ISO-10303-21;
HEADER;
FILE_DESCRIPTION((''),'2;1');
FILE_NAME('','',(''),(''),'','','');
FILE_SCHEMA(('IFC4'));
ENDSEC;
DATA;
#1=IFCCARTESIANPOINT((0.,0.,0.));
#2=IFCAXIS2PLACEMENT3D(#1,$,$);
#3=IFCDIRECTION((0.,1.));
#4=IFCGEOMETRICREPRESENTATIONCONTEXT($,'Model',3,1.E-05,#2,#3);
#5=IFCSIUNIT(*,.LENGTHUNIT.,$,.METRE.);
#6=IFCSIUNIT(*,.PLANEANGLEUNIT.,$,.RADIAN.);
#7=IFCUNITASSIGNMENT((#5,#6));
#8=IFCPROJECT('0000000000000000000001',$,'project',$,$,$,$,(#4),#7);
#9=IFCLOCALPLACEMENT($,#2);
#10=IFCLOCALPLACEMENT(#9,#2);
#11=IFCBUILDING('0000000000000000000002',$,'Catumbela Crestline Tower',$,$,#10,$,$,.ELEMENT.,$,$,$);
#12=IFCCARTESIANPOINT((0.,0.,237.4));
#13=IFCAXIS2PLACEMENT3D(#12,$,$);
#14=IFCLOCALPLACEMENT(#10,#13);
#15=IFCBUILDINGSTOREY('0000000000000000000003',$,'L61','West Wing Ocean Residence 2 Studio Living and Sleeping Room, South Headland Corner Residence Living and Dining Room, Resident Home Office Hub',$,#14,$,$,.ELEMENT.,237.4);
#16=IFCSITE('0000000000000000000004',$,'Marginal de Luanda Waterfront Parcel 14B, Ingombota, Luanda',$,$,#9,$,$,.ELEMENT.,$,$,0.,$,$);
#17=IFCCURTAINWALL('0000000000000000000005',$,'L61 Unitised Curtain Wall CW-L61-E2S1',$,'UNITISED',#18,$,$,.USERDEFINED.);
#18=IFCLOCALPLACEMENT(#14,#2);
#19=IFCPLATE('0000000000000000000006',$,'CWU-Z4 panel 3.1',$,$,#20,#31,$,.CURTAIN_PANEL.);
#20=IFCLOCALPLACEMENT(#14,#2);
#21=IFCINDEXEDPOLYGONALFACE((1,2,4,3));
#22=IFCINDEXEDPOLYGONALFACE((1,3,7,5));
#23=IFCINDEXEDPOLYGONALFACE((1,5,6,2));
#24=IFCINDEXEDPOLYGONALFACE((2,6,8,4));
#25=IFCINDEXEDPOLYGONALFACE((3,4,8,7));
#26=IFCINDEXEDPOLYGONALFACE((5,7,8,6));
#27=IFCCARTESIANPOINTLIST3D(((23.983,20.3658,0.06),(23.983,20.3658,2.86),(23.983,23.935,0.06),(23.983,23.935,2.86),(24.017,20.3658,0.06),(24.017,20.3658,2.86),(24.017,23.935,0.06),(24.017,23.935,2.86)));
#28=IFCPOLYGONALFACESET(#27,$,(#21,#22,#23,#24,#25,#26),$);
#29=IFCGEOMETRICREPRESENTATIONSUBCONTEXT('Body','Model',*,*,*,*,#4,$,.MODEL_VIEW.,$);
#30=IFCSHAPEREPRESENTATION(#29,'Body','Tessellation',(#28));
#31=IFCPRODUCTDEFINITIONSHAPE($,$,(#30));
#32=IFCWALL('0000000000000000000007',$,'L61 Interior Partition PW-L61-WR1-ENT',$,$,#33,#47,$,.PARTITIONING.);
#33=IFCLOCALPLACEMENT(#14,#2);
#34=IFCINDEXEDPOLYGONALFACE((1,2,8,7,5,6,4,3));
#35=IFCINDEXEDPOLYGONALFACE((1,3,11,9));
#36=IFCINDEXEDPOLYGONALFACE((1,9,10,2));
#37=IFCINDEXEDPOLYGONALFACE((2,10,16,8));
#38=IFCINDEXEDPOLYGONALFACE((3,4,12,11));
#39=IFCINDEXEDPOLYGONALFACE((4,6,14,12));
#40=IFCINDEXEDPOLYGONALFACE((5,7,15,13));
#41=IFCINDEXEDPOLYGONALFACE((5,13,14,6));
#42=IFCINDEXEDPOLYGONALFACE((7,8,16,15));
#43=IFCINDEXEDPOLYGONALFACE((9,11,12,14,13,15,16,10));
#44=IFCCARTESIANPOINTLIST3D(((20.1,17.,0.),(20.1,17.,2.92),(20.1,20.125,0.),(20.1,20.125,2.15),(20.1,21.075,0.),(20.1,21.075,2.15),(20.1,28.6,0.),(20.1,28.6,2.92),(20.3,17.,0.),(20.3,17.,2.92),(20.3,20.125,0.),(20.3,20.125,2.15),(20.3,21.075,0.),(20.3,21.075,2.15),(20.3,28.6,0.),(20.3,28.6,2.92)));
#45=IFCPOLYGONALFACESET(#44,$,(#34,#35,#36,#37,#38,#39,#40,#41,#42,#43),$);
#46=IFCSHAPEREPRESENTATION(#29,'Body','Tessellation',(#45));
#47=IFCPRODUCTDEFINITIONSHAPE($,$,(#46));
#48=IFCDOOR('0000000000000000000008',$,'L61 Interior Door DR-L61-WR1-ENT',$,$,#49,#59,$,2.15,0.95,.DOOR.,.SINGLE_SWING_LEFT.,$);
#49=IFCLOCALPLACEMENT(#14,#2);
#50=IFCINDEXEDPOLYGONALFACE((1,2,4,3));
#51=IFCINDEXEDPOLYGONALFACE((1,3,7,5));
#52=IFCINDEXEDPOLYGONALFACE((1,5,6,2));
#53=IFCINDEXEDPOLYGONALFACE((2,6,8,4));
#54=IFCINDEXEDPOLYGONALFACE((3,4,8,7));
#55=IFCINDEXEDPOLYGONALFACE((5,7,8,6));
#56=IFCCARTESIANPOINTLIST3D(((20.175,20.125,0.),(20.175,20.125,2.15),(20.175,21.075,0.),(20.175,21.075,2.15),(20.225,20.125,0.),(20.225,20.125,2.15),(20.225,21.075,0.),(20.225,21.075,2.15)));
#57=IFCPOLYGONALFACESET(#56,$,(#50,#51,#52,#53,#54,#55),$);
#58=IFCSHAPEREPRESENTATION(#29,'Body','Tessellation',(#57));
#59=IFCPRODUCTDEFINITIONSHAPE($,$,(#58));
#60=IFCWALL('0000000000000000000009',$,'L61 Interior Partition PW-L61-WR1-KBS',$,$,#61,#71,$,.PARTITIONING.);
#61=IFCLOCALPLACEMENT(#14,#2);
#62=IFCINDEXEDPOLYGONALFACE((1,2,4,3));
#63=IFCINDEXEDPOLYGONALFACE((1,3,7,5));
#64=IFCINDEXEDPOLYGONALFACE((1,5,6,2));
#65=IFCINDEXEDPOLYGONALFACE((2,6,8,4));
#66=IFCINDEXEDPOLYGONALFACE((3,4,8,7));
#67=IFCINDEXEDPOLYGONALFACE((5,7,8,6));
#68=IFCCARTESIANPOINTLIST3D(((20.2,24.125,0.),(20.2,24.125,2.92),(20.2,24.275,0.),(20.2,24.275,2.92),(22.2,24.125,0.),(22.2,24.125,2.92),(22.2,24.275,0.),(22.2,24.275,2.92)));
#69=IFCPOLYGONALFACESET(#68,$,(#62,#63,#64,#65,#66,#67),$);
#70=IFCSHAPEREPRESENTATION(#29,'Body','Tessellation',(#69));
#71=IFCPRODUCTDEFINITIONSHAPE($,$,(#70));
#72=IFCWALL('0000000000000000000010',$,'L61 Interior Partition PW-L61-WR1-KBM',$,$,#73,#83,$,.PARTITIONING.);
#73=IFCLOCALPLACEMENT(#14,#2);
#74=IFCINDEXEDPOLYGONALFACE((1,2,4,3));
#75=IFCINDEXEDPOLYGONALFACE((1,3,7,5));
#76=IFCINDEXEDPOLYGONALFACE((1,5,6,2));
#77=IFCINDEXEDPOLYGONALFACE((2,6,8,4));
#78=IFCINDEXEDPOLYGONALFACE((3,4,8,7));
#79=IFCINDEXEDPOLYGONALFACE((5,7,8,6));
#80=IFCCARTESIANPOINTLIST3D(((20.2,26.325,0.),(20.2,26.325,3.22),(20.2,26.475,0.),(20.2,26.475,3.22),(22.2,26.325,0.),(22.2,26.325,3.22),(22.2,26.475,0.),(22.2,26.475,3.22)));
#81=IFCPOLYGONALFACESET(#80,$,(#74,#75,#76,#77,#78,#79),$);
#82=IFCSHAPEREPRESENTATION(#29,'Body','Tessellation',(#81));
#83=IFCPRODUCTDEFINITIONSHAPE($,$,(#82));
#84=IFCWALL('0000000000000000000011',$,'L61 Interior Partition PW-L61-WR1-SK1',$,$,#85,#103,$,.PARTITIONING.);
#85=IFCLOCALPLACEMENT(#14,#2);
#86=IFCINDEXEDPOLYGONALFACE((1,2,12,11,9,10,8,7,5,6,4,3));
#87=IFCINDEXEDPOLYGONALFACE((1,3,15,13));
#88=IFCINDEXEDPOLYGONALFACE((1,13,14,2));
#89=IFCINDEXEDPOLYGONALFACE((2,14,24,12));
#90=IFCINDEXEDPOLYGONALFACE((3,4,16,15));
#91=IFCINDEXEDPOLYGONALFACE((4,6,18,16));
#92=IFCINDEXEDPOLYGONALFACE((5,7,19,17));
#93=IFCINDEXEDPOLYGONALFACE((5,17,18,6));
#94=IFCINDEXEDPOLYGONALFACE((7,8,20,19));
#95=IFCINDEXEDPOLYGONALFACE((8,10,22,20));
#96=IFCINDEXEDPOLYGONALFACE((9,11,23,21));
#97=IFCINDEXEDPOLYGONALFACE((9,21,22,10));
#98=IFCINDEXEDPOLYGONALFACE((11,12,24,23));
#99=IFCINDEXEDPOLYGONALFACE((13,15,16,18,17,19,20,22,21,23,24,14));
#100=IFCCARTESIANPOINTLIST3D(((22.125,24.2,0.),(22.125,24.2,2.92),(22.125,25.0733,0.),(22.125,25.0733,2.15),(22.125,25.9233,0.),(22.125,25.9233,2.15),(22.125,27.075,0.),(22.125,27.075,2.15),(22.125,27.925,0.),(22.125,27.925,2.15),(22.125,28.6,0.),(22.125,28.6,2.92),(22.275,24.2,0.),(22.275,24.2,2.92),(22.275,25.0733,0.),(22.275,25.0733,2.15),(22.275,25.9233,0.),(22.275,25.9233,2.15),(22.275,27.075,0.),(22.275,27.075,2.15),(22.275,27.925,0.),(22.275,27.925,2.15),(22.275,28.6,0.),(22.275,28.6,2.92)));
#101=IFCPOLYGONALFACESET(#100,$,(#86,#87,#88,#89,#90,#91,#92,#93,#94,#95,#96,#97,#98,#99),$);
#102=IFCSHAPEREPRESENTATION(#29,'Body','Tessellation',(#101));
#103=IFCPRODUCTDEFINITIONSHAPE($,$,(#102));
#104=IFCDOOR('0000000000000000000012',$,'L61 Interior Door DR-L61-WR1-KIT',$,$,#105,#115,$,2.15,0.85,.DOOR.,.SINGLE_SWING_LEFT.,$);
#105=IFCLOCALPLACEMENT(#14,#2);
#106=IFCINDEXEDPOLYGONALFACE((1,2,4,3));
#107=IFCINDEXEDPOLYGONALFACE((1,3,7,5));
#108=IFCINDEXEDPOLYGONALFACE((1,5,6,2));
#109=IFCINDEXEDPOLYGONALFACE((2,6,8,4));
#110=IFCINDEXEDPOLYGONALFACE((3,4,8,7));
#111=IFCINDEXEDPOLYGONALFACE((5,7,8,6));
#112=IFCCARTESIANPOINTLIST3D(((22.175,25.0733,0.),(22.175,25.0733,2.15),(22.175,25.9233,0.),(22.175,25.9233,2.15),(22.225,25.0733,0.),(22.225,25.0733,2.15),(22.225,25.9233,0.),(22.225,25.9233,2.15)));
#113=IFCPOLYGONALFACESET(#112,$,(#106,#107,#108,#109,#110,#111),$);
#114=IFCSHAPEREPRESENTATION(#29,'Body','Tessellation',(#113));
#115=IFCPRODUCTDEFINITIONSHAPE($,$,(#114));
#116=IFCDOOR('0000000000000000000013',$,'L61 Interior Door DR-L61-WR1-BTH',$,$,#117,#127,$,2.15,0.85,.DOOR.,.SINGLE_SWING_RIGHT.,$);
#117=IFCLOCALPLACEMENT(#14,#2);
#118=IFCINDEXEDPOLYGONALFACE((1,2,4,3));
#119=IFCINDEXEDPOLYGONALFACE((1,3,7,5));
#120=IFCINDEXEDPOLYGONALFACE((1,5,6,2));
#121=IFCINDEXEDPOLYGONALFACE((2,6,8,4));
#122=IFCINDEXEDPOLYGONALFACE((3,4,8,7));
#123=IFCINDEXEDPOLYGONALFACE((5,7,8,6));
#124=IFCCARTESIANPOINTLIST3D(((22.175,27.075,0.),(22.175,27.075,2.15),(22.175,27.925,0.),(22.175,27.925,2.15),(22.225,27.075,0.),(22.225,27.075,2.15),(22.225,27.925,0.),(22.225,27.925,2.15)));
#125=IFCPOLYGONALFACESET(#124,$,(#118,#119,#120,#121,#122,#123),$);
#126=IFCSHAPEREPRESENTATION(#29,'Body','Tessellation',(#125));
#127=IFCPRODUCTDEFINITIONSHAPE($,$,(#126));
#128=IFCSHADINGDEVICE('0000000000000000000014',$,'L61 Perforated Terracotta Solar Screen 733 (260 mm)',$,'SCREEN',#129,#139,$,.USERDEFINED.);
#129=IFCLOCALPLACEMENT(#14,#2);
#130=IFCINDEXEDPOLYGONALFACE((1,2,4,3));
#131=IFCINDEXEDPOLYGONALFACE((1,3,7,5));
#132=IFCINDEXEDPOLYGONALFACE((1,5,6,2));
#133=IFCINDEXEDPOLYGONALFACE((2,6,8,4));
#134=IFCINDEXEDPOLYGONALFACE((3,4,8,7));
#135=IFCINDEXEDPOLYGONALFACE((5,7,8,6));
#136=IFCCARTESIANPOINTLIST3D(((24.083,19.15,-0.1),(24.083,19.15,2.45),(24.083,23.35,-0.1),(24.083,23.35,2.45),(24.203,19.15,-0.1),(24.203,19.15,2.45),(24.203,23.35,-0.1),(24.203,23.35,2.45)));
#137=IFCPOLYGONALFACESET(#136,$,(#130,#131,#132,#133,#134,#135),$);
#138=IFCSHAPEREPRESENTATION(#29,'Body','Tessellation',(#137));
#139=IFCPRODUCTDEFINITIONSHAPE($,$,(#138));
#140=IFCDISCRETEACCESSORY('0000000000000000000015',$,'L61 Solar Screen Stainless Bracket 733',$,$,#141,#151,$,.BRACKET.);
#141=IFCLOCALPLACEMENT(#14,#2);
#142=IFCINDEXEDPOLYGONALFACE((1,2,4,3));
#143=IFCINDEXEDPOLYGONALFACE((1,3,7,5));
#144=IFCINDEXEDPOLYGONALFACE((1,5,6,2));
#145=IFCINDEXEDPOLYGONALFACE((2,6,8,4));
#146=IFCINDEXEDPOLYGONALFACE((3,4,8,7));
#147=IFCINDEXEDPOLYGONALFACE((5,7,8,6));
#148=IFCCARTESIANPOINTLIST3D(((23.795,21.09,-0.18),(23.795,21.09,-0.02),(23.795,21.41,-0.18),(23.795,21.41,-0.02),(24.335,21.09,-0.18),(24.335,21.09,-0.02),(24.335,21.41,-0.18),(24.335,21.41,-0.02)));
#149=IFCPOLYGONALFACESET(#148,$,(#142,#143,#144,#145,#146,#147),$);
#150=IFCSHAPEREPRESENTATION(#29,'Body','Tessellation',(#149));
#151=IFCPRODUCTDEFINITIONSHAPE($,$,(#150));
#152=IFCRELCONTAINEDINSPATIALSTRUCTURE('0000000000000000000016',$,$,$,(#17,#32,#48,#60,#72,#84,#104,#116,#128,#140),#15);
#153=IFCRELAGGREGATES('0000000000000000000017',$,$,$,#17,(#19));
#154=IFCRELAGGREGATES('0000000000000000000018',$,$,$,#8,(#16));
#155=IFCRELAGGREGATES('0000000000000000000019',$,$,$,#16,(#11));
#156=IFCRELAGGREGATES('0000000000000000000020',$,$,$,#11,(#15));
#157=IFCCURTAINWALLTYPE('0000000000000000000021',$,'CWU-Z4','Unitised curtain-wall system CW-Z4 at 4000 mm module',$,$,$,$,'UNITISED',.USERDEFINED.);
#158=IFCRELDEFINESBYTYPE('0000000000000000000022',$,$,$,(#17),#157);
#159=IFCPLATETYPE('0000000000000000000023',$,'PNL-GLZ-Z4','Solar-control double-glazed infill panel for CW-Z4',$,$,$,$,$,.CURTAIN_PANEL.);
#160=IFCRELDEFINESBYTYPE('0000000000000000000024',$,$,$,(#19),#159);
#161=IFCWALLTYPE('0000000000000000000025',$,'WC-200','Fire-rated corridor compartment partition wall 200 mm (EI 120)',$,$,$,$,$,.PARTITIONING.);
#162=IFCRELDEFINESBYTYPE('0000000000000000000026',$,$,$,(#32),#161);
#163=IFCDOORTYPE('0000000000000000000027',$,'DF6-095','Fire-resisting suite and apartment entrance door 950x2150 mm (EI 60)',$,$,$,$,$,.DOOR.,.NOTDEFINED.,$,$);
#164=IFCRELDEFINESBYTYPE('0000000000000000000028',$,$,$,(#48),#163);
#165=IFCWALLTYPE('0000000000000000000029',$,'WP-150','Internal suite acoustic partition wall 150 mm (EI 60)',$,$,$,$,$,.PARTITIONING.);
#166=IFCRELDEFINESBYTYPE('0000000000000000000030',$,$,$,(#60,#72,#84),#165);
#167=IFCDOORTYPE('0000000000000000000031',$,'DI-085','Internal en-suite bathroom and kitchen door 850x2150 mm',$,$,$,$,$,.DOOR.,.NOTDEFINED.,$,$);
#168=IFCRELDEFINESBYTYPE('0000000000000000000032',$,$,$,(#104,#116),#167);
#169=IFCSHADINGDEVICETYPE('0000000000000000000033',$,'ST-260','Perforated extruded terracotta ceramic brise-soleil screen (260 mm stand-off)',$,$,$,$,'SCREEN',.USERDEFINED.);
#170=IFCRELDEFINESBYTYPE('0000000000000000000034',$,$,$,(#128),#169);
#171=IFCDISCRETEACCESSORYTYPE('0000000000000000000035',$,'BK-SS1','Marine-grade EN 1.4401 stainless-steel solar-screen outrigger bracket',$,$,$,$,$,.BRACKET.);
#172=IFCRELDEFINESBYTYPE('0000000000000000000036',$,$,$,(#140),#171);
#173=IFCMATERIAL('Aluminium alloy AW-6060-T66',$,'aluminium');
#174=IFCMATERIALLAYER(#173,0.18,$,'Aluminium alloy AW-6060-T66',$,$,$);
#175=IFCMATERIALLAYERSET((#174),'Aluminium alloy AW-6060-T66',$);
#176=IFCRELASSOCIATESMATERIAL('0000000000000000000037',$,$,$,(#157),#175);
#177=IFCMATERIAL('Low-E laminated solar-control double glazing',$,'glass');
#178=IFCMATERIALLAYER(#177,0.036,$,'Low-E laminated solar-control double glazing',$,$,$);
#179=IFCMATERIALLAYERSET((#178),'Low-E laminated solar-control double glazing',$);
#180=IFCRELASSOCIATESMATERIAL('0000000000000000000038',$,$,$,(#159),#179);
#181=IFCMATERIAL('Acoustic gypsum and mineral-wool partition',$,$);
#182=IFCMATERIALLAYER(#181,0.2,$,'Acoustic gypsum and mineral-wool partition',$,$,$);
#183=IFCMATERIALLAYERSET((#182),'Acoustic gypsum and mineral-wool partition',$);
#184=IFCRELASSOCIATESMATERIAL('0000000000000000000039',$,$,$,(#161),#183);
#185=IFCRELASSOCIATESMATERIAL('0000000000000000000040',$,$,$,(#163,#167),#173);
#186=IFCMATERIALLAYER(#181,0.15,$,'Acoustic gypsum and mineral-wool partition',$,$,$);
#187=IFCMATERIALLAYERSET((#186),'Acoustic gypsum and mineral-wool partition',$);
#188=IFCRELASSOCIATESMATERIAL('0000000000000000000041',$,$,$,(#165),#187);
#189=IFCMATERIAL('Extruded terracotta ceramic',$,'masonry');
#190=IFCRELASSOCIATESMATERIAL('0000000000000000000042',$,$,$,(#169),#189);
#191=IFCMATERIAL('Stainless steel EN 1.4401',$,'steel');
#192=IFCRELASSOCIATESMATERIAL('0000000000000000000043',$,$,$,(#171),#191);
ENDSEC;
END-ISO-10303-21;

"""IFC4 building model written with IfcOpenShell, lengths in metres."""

from ifc_helpers import new_model, si_unit, direction, frame, frame_2d, origin, origin_2d, place, context, subcontext, project, spatial, rectangle, extrude, material, layer, layer_set, type_object, element, fill, aggregate, save


model = new_model("IFC4")

# Units and contexts
model_context = context("Model", 3, precision=1e-05, world=origin(), true_north=direction((0.0, 1.0)))
body_context = subcontext(model_context, "Body", "Model", "MODEL_VIEW")
ifc_project = project(units=[si_unit("LENGTHUNIT", "METRE"), si_unit("PLANEANGLEUNIT", "RADIAN")], contexts=[model_context])

# Site, building, storey
site_placement = place(None, origin())
site = spatial("IfcSite", under=ifc_project, at=site_placement, Name="Marginal de Luanda Waterfront Parcel 14B, Ingombota, Luanda", CompositionType="ELEMENT", RefElevation=0.0)
building_placement = place(site_placement, origin())
building = spatial("IfcBuilding", under=site, at=building_placement, Name="Catumbela Crestline Tower", CompositionType="ELEMENT")
storey_placement = place(building_placement, frame((0.0, 0.0, 237.4)))
storey = spatial("IfcBuildingStorey", under=building, at=storey_placement, Name="L61", Description="West Wing Ocean Residence 2 Studio Living and Sleeping Room, South Headland Corner Residence Living and Dining Room, Resident Home Office Hub", CompositionType="ELEMENT", Elevation=237.4)

# Curtain wall
ifc_material_1 = material(Name="Aluminium alloy AW-6060-T66", Category="aluminium")
ifc_layer_1 = layer(ifc_material_1, 0.18, Name="Aluminium alloy AW-6060-T66")
ifc_layer_set_1 = layer_set([ifc_layer_1], Name="Aluminium alloy AW-6060-T66")
curtain_wall_type = type_object("IfcCurtainWallType", Name="CWU-Z4", Description="Unitised curtain-wall system CW-Z4 at 4000 mm module", ElementType="UNITISED", PredefinedType="USERDEFINED", material=ifc_layer_set_1)
curtain_wall_placement = place(storey_placement, origin())
curtain_wall = element("IfcCurtainWall", 1, at=curtain_wall_placement, inside=storey, type_object=curtain_wall_type, Name="L61 Unitised Curtain Wall CW-L61-E2S1", ObjectType="UNITISED", PredefinedType="USERDEFINED")

# Plate
ifc_material_2 = material(Name="Low-E laminated solar-control double glazing", Category="glass")
ifc_layer_2 = layer(ifc_material_2, 0.036, Name="Low-E laminated solar-control double glazing")
ifc_layer_set_2 = layer_set([ifc_layer_2], Name="Low-E laminated solar-control double glazing")
plate_type = type_object("IfcPlateType", Name="PNL-GLZ-Z4", Description="Solar-control double-glazed infill panel for CW-Z4", PredefinedType="CURTAIN_PANEL", material=ifc_layer_set_2)
plate_1_placement = place(storey_placement, frame((24.0, 22.1504, 0.06), z_axis=(0.0, 0.0, 1.0), x_axis=(0.0, 1.0, 0.0)))
plate_1 = element("IfcPlate", 2, at=plate_1_placement, type_object=plate_type, Name="CWU-Z4 panel 3.1", PredefinedType="CURTAIN_PANEL", context=body_context, shape_type="SweptSolid", body=[
    extrude(rectangle(XDim=3.5692, YDim=0.034, at=origin_2d()), origin(), (0.0, 0.0, 1.0), 2.8),
])
aggregate(curtain_wall, [plate_1])

# Wall, opening, door
ifc_material_3 = material(Name="Acoustic gypsum and mineral-wool partition")
ifc_layer_3 = layer(ifc_material_3, 0.2, Name="Acoustic gypsum and mineral-wool partition")
ifc_layer_set_3 = layer_set([ifc_layer_3], Name="Acoustic gypsum and mineral-wool partition")
wall_type_1 = type_object("IfcWallType", Name="WC-200", Description="Fire-rated corridor compartment partition wall 200 mm (EI 120)", PredefinedType="PARTITIONING", material=ifc_layer_set_3)
wall_1_placement = place(storey_placement, frame((20.2, 17.0, 0.0), z_axis=(0.0, 0.0, 1.0), x_axis=(0.0, 1.0, 0.0)))
wall_1 = element("IfcWall", 3, at=wall_1_placement, inside=storey, type_object=wall_type_1, Name="L61 Interior Partition PW-L61-WR1-ENT", PredefinedType="PARTITIONING", context=body_context, shape_type="SweptSolid", body=[
    extrude(rectangle(XDim=11.6, YDim=0.2, at=frame_2d((5.8, 0.0))), origin(), (0.0, 0.0, 1.0), 2.92),
])
opening_1_placement = place(wall_1_placement, frame((3.125, 0.0, 0.0)))
opening_1 = element("IfcOpeningElement", 4, at=opening_1_placement, cuts=wall_1, PredefinedType="OPENING", context=body_context, shape_type="SweptSolid", body=[
    extrude(rectangle(XDim=0.95, YDim=2.15, at=frame_2d((0.475, 1.075))), frame((0.0, 0.11, 0.0), z_axis=(0.0, -1.0, 0.0), x_axis=(1.0, 0.0, 0.0)), (0.0, 0.0, 1.0), 0.22),
])
door_type_1 = type_object("IfcDoorType", Name="DF6-095", Description="Fire-resisting suite and apartment entrance door 950x2150 mm (EI 60)", OperationType="NOTDEFINED", PredefinedType="DOOR", material=ifc_material_1)
door_1_placement = place(opening_1_placement, origin())
door_1 = element("IfcDoor", 5, at=door_1_placement, inside=storey, type_object=door_type_1, Name="L61 Interior Door DR-L61-WR1-ENT", OperationType="SINGLE_SWING_LEFT", OverallHeight=2.15, OverallWidth=0.95, PredefinedType="DOOR", context=body_context, shape_type="SweptSolid", body=[
    extrude(rectangle(XDim=0.95, YDim=2.15, at=frame_2d((0.475, 1.075))), frame((0.0, 0.025, 0.0), z_axis=(0.0, -1.0, 0.0), x_axis=(1.0, 0.0, 0.0)), (0.0, 0.0, 1.0), 0.05),
])
fill(opening_1, door_1)

# Walls
ifc_layer_4 = layer(ifc_material_3, 0.15, Name="Acoustic gypsum and mineral-wool partition")
ifc_layer_set_4 = layer_set([ifc_layer_4], Name="Acoustic gypsum and mineral-wool partition")
wall_type_2 = type_object("IfcWallType", Name="WP-150", Description="Internal suite acoustic partition wall 150 mm (EI 60)", PredefinedType="PARTITIONING", material=ifc_layer_set_4)
wall_2_placement = place(storey_placement, frame((20.2, 24.2, 0.0), z_axis=(0.0, 0.0, 1.0), x_axis=(1.0, 0.0, 0.0)))
element("IfcWall", 6, at=wall_2_placement, inside=storey, type_object=wall_type_2, Name="L61 Interior Partition PW-L61-WR1-KBS", PredefinedType="PARTITIONING", context=body_context, shape_type="SweptSolid", body=[
    extrude(rectangle(XDim=2.0, YDim=0.15, at=frame_2d((1.0, 0.0))), origin(), (0.0, 0.0, 1.0), 2.92),
])
wall_3_placement = place(storey_placement, frame((20.2, 26.4, 0.0), z_axis=(0.0, 0.0, 1.0), x_axis=(1.0, 0.0, 0.0)))
element("IfcWall", 7, at=wall_3_placement, inside=storey, type_object=wall_type_2, Name="L61 Interior Partition PW-L61-WR1-KBM", PredefinedType="PARTITIONING", context=body_context, shape_type="SweptSolid", body=[
    extrude(rectangle(XDim=2.0, YDim=0.15, at=frame_2d((1.0, 0.0))), origin(), (0.0, 0.0, 1.0), 3.22),
])

# Wall, openings, doors
wall_4_placement = place(storey_placement, frame((22.2, 24.2, 0.0), z_axis=(0.0, 0.0, 1.0), x_axis=(0.0, 1.0, 0.0)))
wall_4 = element("IfcWall", 8, at=wall_4_placement, inside=storey, type_object=wall_type_2, Name="L61 Interior Partition PW-L61-WR1-SK1", PredefinedType="PARTITIONING", context=body_context, shape_type="SweptSolid", body=[
    extrude(rectangle(XDim=4.4, YDim=0.15, at=frame_2d((2.2, 0.0))), origin(), (0.0, 0.0, 1.0), 2.92),
])
opening_2_placement = place(wall_4_placement, frame((0.8733, 0.0, 0.0)))
opening_2 = element("IfcOpeningElement", 9, at=opening_2_placement, cuts=wall_4, PredefinedType="OPENING", context=body_context, shape_type="SweptSolid", body=[
    extrude(rectangle(XDim=0.85, YDim=2.15, at=frame_2d((0.425, 1.075))), frame((0.0, 0.085, 0.0), z_axis=(0.0, -1.0, 0.0), x_axis=(1.0, 0.0, 0.0)), (0.0, 0.0, 1.0), 0.17),
])
opening_3_placement = place(wall_4_placement, frame((2.875, 0.0, 0.0)))
opening_3 = element("IfcOpeningElement", 10, at=opening_3_placement, cuts=wall_4, PredefinedType="OPENING", context=body_context, shape_type="SweptSolid", body=[
    extrude(rectangle(XDim=0.85, YDim=2.15, at=frame_2d((0.425, 1.075))), frame((0.0, 0.085, 0.0), z_axis=(0.0, -1.0, 0.0), x_axis=(1.0, 0.0, 0.0)), (0.0, 0.0, 1.0), 0.17),
])
door_type_2 = type_object("IfcDoorType", Name="DI-085", Description="Internal en-suite bathroom and kitchen door 850x2150 mm", OperationType="NOTDEFINED", PredefinedType="DOOR", material=ifc_material_1)
door_2_placement = place(opening_2_placement, origin())
door_2 = element("IfcDoor", 11, at=door_2_placement, inside=storey, type_object=door_type_2, Name="L61 Interior Door DR-L61-WR1-KIT", OperationType="SINGLE_SWING_LEFT", OverallHeight=2.15, OverallWidth=0.85, PredefinedType="DOOR", context=body_context, shape_type="SweptSolid", body=[
    extrude(rectangle(XDim=0.85, YDim=2.15, at=frame_2d((0.425, 1.075))), frame((0.0, 0.025, 0.0), z_axis=(0.0, -1.0, 0.0), x_axis=(1.0, 0.0, 0.0)), (0.0, 0.0, 1.0), 0.05),
])
fill(opening_2, door_2)
door_3_placement = place(opening_3_placement, origin())
door_3 = element("IfcDoor", 12, at=door_3_placement, inside=storey, type_object=door_type_2, Name="L61 Interior Door DR-L61-WR1-BTH", OperationType="SINGLE_SWING_RIGHT", OverallHeight=2.15, OverallWidth=0.85, PredefinedType="DOOR", context=body_context, shape_type="SweptSolid", body=[
    extrude(rectangle(XDim=0.85, YDim=2.15, at=frame_2d((0.425, 1.075))), frame((0.0, 0.025, 0.0), z_axis=(0.0, -1.0, 0.0), x_axis=(1.0, 0.0, 0.0)), (0.0, 0.0, 1.0), 0.05),
])
fill(opening_3, door_3)

# Shading device
ifc_material_4 = material(Name="Extruded terracotta ceramic", Category="masonry")
shading_device_type = type_object("IfcShadingDeviceType", Name="ST-260", Description="Perforated extruded terracotta ceramic brise-soleil screen (260 mm stand-off)", ElementType="SCREEN", PredefinedType="USERDEFINED", material=ifc_material_4)
shading_device_placement = place(storey_placement, frame((24.143, 21.25, -0.1), z_axis=(0.0, 0.0, 1.0), x_axis=(0.0, 1.0, 0.0)))
element("IfcShadingDevice", 13, at=shading_device_placement, inside=storey, type_object=shading_device_type, Name="L61 Perforated Terracotta Solar Screen 733 (260 mm)", ObjectType="SCREEN", PredefinedType="USERDEFINED", context=body_context, shape_type="SweptSolid", body=[
    extrude(rectangle(XDim=4.2, YDim=0.12, at=origin_2d()), origin(), (0.0, 0.0, 1.0), 2.55),
])

# Discrete accessory
ifc_material_5 = material(Name="Stainless steel EN 1.4401", Category="steel")
discrete_accessory_type = type_object("IfcDiscreteAccessoryType", Name="BK-SS1", Description="Marine-grade EN 1.4401 stainless-steel solar-screen outrigger bracket", PredefinedType="BRACKET", material=ifc_material_5)
discrete_accessory_placement = place(storey_placement, frame((24.065, 21.25, -0.18), z_axis=(0.0, 0.0, 1.0), x_axis=(0.0, 1.0, 0.0)))
element("IfcDiscreteAccessory", 14, at=discrete_accessory_placement, inside=storey, type_object=discrete_accessory_type, Name="L61 Solar Screen Stainless Bracket 733", PredefinedType="BRACKET", context=body_context, shape_type="SweptSolid", body=[
    extrude(rectangle(XDim=0.32, YDim=0.54, at=origin_2d()), origin(), (0.0, 0.0, 1.0), 0.16),
])

save(model, "model.ifc")
